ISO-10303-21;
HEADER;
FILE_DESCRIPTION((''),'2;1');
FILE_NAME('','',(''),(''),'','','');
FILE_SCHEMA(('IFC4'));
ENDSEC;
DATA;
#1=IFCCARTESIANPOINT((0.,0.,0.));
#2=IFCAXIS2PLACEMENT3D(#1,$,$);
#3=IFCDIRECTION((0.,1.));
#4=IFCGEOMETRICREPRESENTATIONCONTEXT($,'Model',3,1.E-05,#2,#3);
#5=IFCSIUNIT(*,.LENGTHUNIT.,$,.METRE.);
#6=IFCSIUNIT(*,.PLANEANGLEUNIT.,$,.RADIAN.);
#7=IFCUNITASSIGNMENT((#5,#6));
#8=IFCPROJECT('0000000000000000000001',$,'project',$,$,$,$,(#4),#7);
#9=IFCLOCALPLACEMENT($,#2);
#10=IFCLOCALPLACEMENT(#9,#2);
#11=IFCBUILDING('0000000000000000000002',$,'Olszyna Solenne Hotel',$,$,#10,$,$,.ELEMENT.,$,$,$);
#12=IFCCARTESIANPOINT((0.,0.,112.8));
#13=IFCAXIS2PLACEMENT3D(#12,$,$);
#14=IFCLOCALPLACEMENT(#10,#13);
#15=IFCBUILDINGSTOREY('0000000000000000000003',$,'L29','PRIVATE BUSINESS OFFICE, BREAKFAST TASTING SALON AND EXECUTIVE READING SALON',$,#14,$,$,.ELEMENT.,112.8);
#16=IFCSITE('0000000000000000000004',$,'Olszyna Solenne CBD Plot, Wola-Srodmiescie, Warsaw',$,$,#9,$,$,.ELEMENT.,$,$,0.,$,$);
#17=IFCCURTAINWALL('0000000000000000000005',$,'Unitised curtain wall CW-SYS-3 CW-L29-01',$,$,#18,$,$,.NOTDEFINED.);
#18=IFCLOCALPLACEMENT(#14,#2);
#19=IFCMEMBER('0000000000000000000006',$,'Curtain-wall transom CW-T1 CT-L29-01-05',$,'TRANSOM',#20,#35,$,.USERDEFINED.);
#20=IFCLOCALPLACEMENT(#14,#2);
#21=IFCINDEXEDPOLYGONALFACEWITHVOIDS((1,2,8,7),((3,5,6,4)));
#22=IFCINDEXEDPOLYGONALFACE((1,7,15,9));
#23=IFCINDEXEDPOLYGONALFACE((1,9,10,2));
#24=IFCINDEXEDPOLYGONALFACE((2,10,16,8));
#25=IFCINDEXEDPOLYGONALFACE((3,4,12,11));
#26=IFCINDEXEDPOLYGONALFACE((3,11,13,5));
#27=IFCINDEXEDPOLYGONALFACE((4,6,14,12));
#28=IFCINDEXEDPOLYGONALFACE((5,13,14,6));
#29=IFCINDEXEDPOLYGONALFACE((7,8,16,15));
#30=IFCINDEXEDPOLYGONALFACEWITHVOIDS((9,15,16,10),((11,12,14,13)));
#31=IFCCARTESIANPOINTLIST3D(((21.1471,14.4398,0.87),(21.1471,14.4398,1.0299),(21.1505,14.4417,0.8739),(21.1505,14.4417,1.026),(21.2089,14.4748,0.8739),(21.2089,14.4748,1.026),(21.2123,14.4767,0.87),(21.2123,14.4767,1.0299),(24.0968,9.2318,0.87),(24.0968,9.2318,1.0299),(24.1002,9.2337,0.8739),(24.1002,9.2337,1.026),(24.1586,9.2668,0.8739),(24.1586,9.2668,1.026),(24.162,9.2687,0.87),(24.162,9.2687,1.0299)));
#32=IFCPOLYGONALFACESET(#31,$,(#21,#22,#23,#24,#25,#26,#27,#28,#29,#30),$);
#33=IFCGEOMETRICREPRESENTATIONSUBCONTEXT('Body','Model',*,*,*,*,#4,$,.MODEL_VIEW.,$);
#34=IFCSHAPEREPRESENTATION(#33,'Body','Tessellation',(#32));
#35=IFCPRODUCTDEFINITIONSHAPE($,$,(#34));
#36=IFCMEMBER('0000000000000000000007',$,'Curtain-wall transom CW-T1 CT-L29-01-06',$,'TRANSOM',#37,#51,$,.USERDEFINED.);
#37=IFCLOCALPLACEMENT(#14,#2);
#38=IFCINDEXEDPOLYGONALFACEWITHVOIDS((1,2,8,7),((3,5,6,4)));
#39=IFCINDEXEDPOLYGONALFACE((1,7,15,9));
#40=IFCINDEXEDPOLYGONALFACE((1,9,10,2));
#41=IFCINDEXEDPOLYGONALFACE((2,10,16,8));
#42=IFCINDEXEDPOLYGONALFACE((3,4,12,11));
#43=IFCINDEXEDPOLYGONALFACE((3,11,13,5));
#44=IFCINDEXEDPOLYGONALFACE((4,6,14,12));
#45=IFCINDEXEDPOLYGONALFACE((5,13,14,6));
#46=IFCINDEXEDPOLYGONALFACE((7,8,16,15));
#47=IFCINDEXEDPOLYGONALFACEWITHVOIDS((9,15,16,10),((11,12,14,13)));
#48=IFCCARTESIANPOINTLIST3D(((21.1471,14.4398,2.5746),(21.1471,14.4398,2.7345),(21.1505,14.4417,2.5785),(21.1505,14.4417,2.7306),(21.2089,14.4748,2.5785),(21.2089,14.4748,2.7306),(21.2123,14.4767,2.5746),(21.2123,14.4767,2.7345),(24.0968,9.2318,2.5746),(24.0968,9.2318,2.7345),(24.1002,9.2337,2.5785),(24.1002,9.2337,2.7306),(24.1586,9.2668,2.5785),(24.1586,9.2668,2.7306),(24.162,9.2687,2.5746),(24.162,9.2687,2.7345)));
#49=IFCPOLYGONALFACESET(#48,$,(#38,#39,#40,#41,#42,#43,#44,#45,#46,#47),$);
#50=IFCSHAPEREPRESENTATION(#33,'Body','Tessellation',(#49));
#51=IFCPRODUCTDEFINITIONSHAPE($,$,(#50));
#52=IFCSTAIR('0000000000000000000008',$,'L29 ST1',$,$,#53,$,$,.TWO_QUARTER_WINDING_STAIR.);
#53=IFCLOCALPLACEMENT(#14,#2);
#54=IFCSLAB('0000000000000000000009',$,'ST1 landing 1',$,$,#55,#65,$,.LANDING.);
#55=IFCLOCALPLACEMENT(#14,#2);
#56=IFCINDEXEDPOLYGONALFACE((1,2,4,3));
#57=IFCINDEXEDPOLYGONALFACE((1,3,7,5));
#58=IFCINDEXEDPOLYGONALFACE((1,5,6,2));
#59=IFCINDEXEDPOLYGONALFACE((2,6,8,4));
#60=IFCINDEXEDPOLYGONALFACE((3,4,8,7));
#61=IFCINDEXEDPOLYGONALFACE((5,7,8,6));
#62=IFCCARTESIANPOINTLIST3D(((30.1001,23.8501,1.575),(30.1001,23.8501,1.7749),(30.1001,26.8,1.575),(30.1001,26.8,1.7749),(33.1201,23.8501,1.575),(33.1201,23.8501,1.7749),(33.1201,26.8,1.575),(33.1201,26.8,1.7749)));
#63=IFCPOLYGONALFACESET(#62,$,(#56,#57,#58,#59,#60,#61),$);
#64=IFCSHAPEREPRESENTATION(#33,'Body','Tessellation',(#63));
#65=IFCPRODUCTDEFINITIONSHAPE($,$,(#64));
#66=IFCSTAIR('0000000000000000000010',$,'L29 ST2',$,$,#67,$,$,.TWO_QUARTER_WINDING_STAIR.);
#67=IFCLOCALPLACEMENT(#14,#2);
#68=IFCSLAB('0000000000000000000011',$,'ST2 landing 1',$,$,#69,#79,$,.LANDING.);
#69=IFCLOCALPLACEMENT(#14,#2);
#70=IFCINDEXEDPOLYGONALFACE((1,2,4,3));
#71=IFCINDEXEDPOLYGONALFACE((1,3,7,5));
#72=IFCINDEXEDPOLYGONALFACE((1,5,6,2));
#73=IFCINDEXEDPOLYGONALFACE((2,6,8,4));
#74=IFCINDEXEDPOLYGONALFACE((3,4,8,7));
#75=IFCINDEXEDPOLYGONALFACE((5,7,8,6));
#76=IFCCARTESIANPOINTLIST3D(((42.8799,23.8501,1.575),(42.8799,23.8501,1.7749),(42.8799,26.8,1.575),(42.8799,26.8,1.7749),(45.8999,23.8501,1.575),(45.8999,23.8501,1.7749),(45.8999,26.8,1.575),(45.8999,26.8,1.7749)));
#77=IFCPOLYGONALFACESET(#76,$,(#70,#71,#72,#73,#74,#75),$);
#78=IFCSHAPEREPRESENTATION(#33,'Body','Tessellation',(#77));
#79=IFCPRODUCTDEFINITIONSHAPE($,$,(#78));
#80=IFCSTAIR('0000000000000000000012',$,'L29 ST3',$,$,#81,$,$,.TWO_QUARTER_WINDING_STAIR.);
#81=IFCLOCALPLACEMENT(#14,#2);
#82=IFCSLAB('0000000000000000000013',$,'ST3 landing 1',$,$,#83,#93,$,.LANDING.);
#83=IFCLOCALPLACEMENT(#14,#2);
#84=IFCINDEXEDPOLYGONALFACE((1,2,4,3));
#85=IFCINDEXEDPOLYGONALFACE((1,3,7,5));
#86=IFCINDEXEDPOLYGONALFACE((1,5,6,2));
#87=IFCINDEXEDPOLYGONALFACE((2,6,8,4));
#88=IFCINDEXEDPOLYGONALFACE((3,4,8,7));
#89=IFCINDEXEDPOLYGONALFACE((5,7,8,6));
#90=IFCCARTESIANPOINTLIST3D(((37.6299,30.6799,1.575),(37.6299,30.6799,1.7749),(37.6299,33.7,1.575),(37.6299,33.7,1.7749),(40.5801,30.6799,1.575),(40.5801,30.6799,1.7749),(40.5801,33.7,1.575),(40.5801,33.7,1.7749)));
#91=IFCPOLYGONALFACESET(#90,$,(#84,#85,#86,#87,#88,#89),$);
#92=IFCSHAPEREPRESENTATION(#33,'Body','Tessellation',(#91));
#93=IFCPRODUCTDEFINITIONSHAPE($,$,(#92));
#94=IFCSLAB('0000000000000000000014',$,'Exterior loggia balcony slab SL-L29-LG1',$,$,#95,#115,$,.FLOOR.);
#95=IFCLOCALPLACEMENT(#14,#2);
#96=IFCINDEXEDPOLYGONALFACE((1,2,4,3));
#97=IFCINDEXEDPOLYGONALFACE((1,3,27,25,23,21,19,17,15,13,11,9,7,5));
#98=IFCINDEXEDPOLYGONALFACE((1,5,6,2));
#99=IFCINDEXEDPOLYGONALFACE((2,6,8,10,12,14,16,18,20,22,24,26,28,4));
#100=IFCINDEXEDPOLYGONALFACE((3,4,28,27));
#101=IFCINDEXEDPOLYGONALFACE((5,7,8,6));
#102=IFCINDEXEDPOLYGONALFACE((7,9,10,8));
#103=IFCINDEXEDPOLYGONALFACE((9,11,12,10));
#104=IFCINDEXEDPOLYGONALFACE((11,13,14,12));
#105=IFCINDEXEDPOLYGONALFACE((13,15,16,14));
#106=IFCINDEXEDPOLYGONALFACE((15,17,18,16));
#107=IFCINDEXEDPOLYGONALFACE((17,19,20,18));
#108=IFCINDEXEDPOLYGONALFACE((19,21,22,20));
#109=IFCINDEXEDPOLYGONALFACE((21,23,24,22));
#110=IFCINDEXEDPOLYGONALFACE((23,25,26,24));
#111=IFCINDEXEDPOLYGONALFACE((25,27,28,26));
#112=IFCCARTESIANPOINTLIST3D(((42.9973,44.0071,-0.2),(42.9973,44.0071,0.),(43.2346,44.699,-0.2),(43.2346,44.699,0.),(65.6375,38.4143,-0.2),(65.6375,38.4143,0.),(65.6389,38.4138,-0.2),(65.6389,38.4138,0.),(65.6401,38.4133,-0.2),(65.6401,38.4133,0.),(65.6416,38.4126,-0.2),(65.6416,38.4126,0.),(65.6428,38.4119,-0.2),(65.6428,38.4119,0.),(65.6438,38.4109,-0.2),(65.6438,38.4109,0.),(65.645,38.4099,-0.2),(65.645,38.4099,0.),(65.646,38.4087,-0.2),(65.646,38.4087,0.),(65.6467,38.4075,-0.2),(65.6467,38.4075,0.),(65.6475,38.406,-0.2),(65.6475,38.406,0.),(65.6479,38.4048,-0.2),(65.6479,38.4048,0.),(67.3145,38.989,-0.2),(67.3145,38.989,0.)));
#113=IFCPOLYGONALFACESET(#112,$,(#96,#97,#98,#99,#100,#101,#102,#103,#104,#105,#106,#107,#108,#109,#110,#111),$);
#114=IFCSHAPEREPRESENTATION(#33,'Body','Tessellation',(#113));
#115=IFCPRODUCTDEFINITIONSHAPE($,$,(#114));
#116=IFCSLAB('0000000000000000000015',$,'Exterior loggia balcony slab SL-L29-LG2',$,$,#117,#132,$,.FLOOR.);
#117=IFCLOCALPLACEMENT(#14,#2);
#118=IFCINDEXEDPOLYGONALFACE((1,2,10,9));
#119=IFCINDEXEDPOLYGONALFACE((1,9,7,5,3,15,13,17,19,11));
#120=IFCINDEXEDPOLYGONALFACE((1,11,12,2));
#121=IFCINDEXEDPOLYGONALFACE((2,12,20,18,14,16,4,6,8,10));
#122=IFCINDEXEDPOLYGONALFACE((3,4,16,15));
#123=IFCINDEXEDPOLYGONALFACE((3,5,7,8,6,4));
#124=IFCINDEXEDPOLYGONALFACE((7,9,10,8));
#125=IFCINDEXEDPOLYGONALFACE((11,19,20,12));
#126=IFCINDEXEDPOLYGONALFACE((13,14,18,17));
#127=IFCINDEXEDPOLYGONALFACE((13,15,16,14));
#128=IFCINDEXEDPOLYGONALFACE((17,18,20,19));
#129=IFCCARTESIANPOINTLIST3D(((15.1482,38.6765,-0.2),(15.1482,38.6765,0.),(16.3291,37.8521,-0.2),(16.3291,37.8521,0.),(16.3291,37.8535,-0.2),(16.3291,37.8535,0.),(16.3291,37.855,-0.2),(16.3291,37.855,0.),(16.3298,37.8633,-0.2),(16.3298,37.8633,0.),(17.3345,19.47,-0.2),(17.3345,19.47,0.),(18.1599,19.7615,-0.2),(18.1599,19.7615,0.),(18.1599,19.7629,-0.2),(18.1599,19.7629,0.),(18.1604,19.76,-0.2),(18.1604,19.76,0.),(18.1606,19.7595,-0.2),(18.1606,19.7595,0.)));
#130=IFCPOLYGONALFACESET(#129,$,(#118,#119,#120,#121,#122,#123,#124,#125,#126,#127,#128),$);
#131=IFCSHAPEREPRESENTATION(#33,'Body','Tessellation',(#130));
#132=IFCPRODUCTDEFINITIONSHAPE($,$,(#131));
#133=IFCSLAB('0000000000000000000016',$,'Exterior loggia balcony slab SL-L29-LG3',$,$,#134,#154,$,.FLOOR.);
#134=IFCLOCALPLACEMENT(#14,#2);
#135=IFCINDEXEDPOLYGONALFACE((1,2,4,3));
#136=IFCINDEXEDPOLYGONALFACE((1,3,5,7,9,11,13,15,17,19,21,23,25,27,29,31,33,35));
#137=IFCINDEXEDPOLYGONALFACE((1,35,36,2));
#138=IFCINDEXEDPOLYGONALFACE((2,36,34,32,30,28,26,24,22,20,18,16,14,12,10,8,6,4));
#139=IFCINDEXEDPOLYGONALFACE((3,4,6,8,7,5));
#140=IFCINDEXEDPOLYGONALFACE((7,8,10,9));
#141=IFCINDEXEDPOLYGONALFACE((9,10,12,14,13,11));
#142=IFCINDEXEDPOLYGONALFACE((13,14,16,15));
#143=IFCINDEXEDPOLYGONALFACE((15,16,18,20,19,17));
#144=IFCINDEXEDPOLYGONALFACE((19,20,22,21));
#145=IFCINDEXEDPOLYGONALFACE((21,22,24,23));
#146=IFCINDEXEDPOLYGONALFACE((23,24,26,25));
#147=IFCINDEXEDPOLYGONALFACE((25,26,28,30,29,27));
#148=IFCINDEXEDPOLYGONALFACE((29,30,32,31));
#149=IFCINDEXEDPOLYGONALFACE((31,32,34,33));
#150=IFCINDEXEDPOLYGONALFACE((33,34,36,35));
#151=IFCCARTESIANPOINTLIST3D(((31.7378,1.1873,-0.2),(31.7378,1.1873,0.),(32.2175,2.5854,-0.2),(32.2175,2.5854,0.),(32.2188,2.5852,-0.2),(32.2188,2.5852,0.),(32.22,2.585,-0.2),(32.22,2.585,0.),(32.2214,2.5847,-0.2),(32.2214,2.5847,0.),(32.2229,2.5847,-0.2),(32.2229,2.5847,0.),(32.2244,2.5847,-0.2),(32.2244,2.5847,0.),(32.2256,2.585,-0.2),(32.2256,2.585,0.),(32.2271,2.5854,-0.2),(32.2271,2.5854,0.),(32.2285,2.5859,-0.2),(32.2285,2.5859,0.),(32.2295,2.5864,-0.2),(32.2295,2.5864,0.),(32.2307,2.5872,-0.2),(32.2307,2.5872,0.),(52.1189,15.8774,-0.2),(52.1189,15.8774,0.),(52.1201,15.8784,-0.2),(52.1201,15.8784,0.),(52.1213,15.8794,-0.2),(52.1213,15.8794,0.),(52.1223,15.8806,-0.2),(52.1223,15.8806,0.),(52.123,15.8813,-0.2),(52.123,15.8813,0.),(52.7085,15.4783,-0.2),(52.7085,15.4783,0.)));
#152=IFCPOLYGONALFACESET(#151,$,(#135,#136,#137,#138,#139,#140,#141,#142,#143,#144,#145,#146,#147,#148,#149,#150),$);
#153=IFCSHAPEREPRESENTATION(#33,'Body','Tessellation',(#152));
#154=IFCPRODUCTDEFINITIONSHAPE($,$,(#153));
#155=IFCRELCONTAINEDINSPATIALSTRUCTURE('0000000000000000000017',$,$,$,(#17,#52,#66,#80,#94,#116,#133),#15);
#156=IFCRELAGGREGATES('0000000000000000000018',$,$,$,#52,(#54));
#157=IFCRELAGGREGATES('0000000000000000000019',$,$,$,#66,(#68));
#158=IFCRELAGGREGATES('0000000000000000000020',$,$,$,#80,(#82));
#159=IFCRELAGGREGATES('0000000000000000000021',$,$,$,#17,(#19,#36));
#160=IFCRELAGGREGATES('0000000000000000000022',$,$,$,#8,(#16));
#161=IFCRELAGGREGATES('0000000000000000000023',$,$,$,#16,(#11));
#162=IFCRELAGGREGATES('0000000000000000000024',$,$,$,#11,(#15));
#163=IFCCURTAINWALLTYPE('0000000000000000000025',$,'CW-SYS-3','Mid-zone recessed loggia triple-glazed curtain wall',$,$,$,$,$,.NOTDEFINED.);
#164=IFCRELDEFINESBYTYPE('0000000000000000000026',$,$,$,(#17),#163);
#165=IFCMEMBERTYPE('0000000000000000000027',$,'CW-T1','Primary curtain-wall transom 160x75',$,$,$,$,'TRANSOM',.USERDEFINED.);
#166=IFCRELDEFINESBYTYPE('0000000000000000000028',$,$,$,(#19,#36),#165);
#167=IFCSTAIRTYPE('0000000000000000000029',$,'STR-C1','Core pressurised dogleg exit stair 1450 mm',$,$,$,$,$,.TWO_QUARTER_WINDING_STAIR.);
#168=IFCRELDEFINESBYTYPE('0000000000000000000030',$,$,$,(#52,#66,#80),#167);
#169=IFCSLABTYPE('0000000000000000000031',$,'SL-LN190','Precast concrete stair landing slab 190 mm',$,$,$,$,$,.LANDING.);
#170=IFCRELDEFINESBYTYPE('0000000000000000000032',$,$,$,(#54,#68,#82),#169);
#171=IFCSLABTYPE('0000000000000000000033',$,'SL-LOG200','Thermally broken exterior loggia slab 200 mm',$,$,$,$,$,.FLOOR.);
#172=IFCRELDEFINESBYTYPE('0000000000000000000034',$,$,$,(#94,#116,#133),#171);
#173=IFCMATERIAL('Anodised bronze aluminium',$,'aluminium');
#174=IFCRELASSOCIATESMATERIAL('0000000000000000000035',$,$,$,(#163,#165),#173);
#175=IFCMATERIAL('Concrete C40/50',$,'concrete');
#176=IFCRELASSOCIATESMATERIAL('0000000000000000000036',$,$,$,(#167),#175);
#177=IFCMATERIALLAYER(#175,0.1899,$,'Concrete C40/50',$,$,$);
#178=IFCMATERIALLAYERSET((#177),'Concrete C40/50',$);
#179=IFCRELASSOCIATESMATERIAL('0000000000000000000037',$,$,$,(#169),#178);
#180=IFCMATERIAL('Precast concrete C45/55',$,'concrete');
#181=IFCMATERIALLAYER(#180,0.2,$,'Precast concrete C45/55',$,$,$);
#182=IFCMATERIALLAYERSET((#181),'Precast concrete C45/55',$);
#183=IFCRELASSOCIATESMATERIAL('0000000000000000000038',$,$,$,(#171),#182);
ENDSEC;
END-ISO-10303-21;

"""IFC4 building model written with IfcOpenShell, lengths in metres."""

from ifc_helpers import new_model, si_unit, direction, frame, origin, origin_2d, place, context, subcontext, project, spatial, polyline, hollow_rectangle, outline, extrude, source, transform, mapped, material, layer, layer_set, material_profile, profile_set, type_object, element, aggregate, save


model = new_model("IFC4")

# Units and contexts
model_context = context("Model", 3, precision=1e-05, world=origin(), true_north=direction((0.0, 1.0)))
body_context = subcontext(model_context, "Body", "Model", "MODEL_VIEW")
ifc_project = project(units=[si_unit("LENGTHUNIT", "METRE"), si_unit("PLANEANGLEUNIT", "RADIAN")], contexts=[model_context])

# Site, building, storey
site_placement = place(None, origin())
site = spatial("IfcSite", under=ifc_project, at=site_placement, Name="Olszyna Solenne CBD Plot, Wola-Srodmiescie, Warsaw", CompositionType="ELEMENT", RefElevation=0.0)
building_placement = place(site_placement, origin())
building = spatial("IfcBuilding", under=site, at=building_placement, Name="Olszyna Solenne Hotel", CompositionType="ELEMENT")
storey_placement = place(building_placement, frame((0.0, 0.0, 112.8)))
storey = spatial("IfcBuildingStorey", under=building, at=storey_placement, Name="L29", Description="PRIVATE BUSINESS OFFICE, BREAKFAST TASTING SALON AND EXECUTIVE READING SALON", CompositionType="ELEMENT", Elevation=112.8)

# Curtain wall, members
ifc_material_1 = material(Name="Anodised bronze aluminium", Category="aluminium")
curtain_wall_type = type_object("IfcCurtainWallType", Name="CW-SYS-3", Description="Mid-zone recessed loggia triple-glazed curtain wall", PredefinedType="NOTDEFINED", material=ifc_material_1)
curtain_wall_placement = place(storey_placement, origin())
curtain_wall = element("IfcCurtainWall", 1, at=curtain_wall_placement, inside=storey, type_object=curtain_wall_type, Name="Unitised curtain wall CW-SYS-3 CW-L29-01", PredefinedType="NOTDEFINED")
ifc_material_profile_1 = material_profile(ifc_material_1, hollow_rectangle(XDim=0.075, YDim=0.1599, WallThickness=0.0039, at=origin_2d()), Name="TRAN 160x75x4", Category="load-bearing")
ifc_profile_set_1 = profile_set([ifc_material_profile_1], Name="Anodised bronze aluminium")
member_type_1 = type_object("IfcMemberType", Name="CW-T1", Description="Primary curtain-wall transom 160x75", ElementType="TRANSOM", PredefinedType="USERDEFINED", material=ifc_profile_set_1)
shared_shape_1 = source(origin(), body_context, "Body", "SweptSolid", [
    extrude(hollow_rectangle(XDim=0.075, YDim=0.1599, WallThickness=0.0039, at=origin_2d()), origin(), (0.0, 0.0, 1.0), 5.9854),
])
member_1_placement = place(storey_placement, frame((21.1797, 14.4583, 0.95), z_axis=(0.492823, -0.870129, 0.0), x_axis=(0.870129, 0.492823, 0.0)))
member_1 = element("IfcMember", 2, at=member_1_placement, type_object=member_type_1, Name="Curtain-wall transom CW-T1 CT-L29-01-05", ObjectType="TRANSOM", PredefinedType="USERDEFINED", context=body_context, shape_type="MappedRepresentation", body=[
    mapped(shared_shape_1, transform((0.0, 0.0, 0.0), x_axis=(1.0, 0.0, 0.0), y_axis=(0.0, 1.0, 0.0), z_axis=(0.0, 0.0, 1.0), scale=1.0)),
])
member_2_placement = place(storey_placement, frame((21.1797, 14.4583, 2.6545), z_axis=(0.492823, -0.870129, 0.0), x_axis=(0.870129, 0.492823, 0.0)))
member_2 = element("IfcMember", 3, at=member_2_placement, type_object=member_type_1, Name="Curtain-wall transom CW-T1 CT-L29-01-06", ObjectType="TRANSOM", PredefinedType="USERDEFINED", context=body_context, shape_type="MappedRepresentation", body=[
    mapped(shared_shape_1, transform((0.0, 0.0, 0.0), x_axis=(1.0, 0.0, 0.0), y_axis=(0.0, 1.0, 0.0), z_axis=(0.0, 0.0, 1.0), scale=1.0)),
])

# Stairs, slabs
ifc_material_2 = material(Name="Concrete C40/50", Category="concrete")
stair_type = type_object("IfcStairType", Name="STR-C1", Description="Core pressurised dogleg exit stair 1450 mm", PredefinedType="TWO_QUARTER_WINDING_STAIR", material=ifc_material_2)
stair_1_placement = place(storey_placement, origin())
stair_1 = element("IfcStair", 4, at=stair_1_placement, inside=storey, type_object=stair_type, Name="L29 ST1", PredefinedType="TWO_QUARTER_WINDING_STAIR")
ifc_layer_1 = layer(ifc_material_2, 0.1899, Name="Concrete C40/50")
ifc_layer_set_1 = layer_set([ifc_layer_1], Name="Concrete C40/50")
slab_type_1 = type_object("IfcSlabType", Name="SL-LN190", Description="Precast concrete stair landing slab 190 mm", PredefinedType="LANDING", material=ifc_layer_set_1)
slab_1_placement = place(storey_placement, frame((0.0, 0.0, 1.575)))
slab_1 = element("IfcSlab", 5, at=slab_1_placement, type_object=slab_type_1, Name="ST1 landing 1", PredefinedType="LANDING", context=body_context, shape_type="SweptSolid", body=[
    extrude(outline(polyline([(33.1201, 23.8501), (33.1201, 26.8), (30.1001, 26.8), (30.1001, 23.8501), (33.1201, 23.8501)])), origin(), (0.0, 0.0, 1.0), 0.2),
])
aggregate(stair_1, [slab_1])
stair_2_placement = place(storey_placement, origin())
stair_2 = element("IfcStair", 6, at=stair_2_placement, inside=storey, type_object=stair_type, Name="L29 ST2", PredefinedType="TWO_QUARTER_WINDING_STAIR")
slab_2_placement = place(storey_placement, frame((0.0, 0.0, 1.575)))
slab_2 = element("IfcSlab", 7, at=slab_2_placement, type_object=slab_type_1, Name="ST2 landing 1", PredefinedType="LANDING", context=body_context, shape_type="SweptSolid", body=[
    extrude(outline(polyline([(45.8999, 23.8501), (45.8999, 26.8), (42.8799, 26.8), (42.8799, 23.8501), (45.8999, 23.8501)])), origin(), (0.0, 0.0, 1.0), 0.2),
])
aggregate(stair_2, [slab_2])
stair_3_placement = place(storey_placement, origin())
stair_3 = element("IfcStair", 8, at=stair_3_placement, inside=storey, type_object=stair_type, Name="L29 ST3", PredefinedType="TWO_QUARTER_WINDING_STAIR")
slab_3_placement = place(storey_placement, frame((0.0, 0.0, 1.575)))
slab_3 = element("IfcSlab", 9, at=slab_3_placement, type_object=slab_type_1, Name="ST3 landing 1", PredefinedType="LANDING", context=body_context, shape_type="SweptSolid", body=[
    extrude(outline(polyline([(37.6299, 30.6799), (40.5801, 30.6799), (40.5801, 33.7), (37.6299, 33.7), (37.6299, 30.6799)])), origin(), (0.0, 0.0, 1.0), 0.2),
])
aggregate(stair_3, [slab_3])

# Slabs
ifc_material_3 = material(Name="Precast concrete C45/55", Category="concrete")
ifc_layer_2 = layer(ifc_material_3, 0.2, Name="Precast concrete C45/55")
ifc_layer_set_2 = layer_set([ifc_layer_2], Name="Precast concrete C45/55")
slab_type_2 = type_object("IfcSlabType", Name="SL-LOG200", Description="Thermally broken exterior loggia slab 200 mm", PredefinedType="FLOOR", material=ifc_layer_set_2)
slab_4_placement = place(storey_placement, frame((0.0, 0.0, -0.2)))
element("IfcSlab", 10, at=slab_4_placement, inside=storey, type_object=slab_type_2, Name="Exterior loggia balcony slab SL-L29-LG1", PredefinedType="FLOOR", context=body_context, shape_type="SweptSolid", body=[
    extrude(outline(polyline([(42.9973, 44.0071), (65.6375, 38.4143), (65.6389, 38.4138), (65.6401, 38.4133), (65.6416, 38.4126), (65.6428, 38.4119), (65.6438, 38.4109), (65.645, 38.4099), (65.646, 38.4087), (65.6467, 38.4075), (65.6475, 38.406), (65.6479, 38.4048), (67.3145, 38.989), (43.2346, 44.699), (42.9973, 44.0071)])), origin(), (0.0, 0.0, 1.0), 0.2),
])
slab_5_placement = place(storey_placement, frame((0.0, 0.0, -0.2)))
element("IfcSlab", 11, at=slab_5_placement, inside=storey, type_object=slab_type_2, Name="Exterior loggia balcony slab SL-L29-LG2", PredefinedType="FLOOR", context=body_context, shape_type="SweptSolid", body=[
    extrude(outline(polyline([(18.1606, 19.7595), (18.1604, 19.76), (18.1599, 19.7615), (18.1599, 19.7629), (16.3291, 37.8521), (16.3291, 37.8535), (16.3291, 37.855), (16.3298, 37.8633), (15.1482, 38.6765), (17.3345, 19.47), (18.1606, 19.7595)])), origin(), (0.0, 0.0, 1.0), 0.2),
])
slab_6_placement = place(storey_placement, frame((0.0, 0.0, -0.2)))
element("IfcSlab", 12, at=slab_6_placement, inside=storey, type_object=slab_type_2, Name="Exterior loggia balcony slab SL-L29-LG3", PredefinedType="FLOOR", context=body_context, shape_type="SweptSolid", body=[
    extrude(outline(polyline([(52.123, 15.8813), (52.1223, 15.8806), (52.1213, 15.8794), (52.1201, 15.8784), (52.1189, 15.8774), (32.2307, 2.5872), (32.2295, 2.5864), (32.2285, 2.5859), (32.2271, 2.5854), (32.2256, 2.585), (32.2244, 2.5847), (32.2229, 2.5847), (32.2214, 2.5847), (32.22, 2.585), (32.2188, 2.5852), (32.2175, 2.5854), (31.7378, 1.1873), (52.7085, 15.4783), (52.123, 15.8813)])), origin(), (0.0, 0.0, 1.0), 0.2),
])

aggregate(curtain_wall, [member_1, member_2])

save(model, "model.ifc")
